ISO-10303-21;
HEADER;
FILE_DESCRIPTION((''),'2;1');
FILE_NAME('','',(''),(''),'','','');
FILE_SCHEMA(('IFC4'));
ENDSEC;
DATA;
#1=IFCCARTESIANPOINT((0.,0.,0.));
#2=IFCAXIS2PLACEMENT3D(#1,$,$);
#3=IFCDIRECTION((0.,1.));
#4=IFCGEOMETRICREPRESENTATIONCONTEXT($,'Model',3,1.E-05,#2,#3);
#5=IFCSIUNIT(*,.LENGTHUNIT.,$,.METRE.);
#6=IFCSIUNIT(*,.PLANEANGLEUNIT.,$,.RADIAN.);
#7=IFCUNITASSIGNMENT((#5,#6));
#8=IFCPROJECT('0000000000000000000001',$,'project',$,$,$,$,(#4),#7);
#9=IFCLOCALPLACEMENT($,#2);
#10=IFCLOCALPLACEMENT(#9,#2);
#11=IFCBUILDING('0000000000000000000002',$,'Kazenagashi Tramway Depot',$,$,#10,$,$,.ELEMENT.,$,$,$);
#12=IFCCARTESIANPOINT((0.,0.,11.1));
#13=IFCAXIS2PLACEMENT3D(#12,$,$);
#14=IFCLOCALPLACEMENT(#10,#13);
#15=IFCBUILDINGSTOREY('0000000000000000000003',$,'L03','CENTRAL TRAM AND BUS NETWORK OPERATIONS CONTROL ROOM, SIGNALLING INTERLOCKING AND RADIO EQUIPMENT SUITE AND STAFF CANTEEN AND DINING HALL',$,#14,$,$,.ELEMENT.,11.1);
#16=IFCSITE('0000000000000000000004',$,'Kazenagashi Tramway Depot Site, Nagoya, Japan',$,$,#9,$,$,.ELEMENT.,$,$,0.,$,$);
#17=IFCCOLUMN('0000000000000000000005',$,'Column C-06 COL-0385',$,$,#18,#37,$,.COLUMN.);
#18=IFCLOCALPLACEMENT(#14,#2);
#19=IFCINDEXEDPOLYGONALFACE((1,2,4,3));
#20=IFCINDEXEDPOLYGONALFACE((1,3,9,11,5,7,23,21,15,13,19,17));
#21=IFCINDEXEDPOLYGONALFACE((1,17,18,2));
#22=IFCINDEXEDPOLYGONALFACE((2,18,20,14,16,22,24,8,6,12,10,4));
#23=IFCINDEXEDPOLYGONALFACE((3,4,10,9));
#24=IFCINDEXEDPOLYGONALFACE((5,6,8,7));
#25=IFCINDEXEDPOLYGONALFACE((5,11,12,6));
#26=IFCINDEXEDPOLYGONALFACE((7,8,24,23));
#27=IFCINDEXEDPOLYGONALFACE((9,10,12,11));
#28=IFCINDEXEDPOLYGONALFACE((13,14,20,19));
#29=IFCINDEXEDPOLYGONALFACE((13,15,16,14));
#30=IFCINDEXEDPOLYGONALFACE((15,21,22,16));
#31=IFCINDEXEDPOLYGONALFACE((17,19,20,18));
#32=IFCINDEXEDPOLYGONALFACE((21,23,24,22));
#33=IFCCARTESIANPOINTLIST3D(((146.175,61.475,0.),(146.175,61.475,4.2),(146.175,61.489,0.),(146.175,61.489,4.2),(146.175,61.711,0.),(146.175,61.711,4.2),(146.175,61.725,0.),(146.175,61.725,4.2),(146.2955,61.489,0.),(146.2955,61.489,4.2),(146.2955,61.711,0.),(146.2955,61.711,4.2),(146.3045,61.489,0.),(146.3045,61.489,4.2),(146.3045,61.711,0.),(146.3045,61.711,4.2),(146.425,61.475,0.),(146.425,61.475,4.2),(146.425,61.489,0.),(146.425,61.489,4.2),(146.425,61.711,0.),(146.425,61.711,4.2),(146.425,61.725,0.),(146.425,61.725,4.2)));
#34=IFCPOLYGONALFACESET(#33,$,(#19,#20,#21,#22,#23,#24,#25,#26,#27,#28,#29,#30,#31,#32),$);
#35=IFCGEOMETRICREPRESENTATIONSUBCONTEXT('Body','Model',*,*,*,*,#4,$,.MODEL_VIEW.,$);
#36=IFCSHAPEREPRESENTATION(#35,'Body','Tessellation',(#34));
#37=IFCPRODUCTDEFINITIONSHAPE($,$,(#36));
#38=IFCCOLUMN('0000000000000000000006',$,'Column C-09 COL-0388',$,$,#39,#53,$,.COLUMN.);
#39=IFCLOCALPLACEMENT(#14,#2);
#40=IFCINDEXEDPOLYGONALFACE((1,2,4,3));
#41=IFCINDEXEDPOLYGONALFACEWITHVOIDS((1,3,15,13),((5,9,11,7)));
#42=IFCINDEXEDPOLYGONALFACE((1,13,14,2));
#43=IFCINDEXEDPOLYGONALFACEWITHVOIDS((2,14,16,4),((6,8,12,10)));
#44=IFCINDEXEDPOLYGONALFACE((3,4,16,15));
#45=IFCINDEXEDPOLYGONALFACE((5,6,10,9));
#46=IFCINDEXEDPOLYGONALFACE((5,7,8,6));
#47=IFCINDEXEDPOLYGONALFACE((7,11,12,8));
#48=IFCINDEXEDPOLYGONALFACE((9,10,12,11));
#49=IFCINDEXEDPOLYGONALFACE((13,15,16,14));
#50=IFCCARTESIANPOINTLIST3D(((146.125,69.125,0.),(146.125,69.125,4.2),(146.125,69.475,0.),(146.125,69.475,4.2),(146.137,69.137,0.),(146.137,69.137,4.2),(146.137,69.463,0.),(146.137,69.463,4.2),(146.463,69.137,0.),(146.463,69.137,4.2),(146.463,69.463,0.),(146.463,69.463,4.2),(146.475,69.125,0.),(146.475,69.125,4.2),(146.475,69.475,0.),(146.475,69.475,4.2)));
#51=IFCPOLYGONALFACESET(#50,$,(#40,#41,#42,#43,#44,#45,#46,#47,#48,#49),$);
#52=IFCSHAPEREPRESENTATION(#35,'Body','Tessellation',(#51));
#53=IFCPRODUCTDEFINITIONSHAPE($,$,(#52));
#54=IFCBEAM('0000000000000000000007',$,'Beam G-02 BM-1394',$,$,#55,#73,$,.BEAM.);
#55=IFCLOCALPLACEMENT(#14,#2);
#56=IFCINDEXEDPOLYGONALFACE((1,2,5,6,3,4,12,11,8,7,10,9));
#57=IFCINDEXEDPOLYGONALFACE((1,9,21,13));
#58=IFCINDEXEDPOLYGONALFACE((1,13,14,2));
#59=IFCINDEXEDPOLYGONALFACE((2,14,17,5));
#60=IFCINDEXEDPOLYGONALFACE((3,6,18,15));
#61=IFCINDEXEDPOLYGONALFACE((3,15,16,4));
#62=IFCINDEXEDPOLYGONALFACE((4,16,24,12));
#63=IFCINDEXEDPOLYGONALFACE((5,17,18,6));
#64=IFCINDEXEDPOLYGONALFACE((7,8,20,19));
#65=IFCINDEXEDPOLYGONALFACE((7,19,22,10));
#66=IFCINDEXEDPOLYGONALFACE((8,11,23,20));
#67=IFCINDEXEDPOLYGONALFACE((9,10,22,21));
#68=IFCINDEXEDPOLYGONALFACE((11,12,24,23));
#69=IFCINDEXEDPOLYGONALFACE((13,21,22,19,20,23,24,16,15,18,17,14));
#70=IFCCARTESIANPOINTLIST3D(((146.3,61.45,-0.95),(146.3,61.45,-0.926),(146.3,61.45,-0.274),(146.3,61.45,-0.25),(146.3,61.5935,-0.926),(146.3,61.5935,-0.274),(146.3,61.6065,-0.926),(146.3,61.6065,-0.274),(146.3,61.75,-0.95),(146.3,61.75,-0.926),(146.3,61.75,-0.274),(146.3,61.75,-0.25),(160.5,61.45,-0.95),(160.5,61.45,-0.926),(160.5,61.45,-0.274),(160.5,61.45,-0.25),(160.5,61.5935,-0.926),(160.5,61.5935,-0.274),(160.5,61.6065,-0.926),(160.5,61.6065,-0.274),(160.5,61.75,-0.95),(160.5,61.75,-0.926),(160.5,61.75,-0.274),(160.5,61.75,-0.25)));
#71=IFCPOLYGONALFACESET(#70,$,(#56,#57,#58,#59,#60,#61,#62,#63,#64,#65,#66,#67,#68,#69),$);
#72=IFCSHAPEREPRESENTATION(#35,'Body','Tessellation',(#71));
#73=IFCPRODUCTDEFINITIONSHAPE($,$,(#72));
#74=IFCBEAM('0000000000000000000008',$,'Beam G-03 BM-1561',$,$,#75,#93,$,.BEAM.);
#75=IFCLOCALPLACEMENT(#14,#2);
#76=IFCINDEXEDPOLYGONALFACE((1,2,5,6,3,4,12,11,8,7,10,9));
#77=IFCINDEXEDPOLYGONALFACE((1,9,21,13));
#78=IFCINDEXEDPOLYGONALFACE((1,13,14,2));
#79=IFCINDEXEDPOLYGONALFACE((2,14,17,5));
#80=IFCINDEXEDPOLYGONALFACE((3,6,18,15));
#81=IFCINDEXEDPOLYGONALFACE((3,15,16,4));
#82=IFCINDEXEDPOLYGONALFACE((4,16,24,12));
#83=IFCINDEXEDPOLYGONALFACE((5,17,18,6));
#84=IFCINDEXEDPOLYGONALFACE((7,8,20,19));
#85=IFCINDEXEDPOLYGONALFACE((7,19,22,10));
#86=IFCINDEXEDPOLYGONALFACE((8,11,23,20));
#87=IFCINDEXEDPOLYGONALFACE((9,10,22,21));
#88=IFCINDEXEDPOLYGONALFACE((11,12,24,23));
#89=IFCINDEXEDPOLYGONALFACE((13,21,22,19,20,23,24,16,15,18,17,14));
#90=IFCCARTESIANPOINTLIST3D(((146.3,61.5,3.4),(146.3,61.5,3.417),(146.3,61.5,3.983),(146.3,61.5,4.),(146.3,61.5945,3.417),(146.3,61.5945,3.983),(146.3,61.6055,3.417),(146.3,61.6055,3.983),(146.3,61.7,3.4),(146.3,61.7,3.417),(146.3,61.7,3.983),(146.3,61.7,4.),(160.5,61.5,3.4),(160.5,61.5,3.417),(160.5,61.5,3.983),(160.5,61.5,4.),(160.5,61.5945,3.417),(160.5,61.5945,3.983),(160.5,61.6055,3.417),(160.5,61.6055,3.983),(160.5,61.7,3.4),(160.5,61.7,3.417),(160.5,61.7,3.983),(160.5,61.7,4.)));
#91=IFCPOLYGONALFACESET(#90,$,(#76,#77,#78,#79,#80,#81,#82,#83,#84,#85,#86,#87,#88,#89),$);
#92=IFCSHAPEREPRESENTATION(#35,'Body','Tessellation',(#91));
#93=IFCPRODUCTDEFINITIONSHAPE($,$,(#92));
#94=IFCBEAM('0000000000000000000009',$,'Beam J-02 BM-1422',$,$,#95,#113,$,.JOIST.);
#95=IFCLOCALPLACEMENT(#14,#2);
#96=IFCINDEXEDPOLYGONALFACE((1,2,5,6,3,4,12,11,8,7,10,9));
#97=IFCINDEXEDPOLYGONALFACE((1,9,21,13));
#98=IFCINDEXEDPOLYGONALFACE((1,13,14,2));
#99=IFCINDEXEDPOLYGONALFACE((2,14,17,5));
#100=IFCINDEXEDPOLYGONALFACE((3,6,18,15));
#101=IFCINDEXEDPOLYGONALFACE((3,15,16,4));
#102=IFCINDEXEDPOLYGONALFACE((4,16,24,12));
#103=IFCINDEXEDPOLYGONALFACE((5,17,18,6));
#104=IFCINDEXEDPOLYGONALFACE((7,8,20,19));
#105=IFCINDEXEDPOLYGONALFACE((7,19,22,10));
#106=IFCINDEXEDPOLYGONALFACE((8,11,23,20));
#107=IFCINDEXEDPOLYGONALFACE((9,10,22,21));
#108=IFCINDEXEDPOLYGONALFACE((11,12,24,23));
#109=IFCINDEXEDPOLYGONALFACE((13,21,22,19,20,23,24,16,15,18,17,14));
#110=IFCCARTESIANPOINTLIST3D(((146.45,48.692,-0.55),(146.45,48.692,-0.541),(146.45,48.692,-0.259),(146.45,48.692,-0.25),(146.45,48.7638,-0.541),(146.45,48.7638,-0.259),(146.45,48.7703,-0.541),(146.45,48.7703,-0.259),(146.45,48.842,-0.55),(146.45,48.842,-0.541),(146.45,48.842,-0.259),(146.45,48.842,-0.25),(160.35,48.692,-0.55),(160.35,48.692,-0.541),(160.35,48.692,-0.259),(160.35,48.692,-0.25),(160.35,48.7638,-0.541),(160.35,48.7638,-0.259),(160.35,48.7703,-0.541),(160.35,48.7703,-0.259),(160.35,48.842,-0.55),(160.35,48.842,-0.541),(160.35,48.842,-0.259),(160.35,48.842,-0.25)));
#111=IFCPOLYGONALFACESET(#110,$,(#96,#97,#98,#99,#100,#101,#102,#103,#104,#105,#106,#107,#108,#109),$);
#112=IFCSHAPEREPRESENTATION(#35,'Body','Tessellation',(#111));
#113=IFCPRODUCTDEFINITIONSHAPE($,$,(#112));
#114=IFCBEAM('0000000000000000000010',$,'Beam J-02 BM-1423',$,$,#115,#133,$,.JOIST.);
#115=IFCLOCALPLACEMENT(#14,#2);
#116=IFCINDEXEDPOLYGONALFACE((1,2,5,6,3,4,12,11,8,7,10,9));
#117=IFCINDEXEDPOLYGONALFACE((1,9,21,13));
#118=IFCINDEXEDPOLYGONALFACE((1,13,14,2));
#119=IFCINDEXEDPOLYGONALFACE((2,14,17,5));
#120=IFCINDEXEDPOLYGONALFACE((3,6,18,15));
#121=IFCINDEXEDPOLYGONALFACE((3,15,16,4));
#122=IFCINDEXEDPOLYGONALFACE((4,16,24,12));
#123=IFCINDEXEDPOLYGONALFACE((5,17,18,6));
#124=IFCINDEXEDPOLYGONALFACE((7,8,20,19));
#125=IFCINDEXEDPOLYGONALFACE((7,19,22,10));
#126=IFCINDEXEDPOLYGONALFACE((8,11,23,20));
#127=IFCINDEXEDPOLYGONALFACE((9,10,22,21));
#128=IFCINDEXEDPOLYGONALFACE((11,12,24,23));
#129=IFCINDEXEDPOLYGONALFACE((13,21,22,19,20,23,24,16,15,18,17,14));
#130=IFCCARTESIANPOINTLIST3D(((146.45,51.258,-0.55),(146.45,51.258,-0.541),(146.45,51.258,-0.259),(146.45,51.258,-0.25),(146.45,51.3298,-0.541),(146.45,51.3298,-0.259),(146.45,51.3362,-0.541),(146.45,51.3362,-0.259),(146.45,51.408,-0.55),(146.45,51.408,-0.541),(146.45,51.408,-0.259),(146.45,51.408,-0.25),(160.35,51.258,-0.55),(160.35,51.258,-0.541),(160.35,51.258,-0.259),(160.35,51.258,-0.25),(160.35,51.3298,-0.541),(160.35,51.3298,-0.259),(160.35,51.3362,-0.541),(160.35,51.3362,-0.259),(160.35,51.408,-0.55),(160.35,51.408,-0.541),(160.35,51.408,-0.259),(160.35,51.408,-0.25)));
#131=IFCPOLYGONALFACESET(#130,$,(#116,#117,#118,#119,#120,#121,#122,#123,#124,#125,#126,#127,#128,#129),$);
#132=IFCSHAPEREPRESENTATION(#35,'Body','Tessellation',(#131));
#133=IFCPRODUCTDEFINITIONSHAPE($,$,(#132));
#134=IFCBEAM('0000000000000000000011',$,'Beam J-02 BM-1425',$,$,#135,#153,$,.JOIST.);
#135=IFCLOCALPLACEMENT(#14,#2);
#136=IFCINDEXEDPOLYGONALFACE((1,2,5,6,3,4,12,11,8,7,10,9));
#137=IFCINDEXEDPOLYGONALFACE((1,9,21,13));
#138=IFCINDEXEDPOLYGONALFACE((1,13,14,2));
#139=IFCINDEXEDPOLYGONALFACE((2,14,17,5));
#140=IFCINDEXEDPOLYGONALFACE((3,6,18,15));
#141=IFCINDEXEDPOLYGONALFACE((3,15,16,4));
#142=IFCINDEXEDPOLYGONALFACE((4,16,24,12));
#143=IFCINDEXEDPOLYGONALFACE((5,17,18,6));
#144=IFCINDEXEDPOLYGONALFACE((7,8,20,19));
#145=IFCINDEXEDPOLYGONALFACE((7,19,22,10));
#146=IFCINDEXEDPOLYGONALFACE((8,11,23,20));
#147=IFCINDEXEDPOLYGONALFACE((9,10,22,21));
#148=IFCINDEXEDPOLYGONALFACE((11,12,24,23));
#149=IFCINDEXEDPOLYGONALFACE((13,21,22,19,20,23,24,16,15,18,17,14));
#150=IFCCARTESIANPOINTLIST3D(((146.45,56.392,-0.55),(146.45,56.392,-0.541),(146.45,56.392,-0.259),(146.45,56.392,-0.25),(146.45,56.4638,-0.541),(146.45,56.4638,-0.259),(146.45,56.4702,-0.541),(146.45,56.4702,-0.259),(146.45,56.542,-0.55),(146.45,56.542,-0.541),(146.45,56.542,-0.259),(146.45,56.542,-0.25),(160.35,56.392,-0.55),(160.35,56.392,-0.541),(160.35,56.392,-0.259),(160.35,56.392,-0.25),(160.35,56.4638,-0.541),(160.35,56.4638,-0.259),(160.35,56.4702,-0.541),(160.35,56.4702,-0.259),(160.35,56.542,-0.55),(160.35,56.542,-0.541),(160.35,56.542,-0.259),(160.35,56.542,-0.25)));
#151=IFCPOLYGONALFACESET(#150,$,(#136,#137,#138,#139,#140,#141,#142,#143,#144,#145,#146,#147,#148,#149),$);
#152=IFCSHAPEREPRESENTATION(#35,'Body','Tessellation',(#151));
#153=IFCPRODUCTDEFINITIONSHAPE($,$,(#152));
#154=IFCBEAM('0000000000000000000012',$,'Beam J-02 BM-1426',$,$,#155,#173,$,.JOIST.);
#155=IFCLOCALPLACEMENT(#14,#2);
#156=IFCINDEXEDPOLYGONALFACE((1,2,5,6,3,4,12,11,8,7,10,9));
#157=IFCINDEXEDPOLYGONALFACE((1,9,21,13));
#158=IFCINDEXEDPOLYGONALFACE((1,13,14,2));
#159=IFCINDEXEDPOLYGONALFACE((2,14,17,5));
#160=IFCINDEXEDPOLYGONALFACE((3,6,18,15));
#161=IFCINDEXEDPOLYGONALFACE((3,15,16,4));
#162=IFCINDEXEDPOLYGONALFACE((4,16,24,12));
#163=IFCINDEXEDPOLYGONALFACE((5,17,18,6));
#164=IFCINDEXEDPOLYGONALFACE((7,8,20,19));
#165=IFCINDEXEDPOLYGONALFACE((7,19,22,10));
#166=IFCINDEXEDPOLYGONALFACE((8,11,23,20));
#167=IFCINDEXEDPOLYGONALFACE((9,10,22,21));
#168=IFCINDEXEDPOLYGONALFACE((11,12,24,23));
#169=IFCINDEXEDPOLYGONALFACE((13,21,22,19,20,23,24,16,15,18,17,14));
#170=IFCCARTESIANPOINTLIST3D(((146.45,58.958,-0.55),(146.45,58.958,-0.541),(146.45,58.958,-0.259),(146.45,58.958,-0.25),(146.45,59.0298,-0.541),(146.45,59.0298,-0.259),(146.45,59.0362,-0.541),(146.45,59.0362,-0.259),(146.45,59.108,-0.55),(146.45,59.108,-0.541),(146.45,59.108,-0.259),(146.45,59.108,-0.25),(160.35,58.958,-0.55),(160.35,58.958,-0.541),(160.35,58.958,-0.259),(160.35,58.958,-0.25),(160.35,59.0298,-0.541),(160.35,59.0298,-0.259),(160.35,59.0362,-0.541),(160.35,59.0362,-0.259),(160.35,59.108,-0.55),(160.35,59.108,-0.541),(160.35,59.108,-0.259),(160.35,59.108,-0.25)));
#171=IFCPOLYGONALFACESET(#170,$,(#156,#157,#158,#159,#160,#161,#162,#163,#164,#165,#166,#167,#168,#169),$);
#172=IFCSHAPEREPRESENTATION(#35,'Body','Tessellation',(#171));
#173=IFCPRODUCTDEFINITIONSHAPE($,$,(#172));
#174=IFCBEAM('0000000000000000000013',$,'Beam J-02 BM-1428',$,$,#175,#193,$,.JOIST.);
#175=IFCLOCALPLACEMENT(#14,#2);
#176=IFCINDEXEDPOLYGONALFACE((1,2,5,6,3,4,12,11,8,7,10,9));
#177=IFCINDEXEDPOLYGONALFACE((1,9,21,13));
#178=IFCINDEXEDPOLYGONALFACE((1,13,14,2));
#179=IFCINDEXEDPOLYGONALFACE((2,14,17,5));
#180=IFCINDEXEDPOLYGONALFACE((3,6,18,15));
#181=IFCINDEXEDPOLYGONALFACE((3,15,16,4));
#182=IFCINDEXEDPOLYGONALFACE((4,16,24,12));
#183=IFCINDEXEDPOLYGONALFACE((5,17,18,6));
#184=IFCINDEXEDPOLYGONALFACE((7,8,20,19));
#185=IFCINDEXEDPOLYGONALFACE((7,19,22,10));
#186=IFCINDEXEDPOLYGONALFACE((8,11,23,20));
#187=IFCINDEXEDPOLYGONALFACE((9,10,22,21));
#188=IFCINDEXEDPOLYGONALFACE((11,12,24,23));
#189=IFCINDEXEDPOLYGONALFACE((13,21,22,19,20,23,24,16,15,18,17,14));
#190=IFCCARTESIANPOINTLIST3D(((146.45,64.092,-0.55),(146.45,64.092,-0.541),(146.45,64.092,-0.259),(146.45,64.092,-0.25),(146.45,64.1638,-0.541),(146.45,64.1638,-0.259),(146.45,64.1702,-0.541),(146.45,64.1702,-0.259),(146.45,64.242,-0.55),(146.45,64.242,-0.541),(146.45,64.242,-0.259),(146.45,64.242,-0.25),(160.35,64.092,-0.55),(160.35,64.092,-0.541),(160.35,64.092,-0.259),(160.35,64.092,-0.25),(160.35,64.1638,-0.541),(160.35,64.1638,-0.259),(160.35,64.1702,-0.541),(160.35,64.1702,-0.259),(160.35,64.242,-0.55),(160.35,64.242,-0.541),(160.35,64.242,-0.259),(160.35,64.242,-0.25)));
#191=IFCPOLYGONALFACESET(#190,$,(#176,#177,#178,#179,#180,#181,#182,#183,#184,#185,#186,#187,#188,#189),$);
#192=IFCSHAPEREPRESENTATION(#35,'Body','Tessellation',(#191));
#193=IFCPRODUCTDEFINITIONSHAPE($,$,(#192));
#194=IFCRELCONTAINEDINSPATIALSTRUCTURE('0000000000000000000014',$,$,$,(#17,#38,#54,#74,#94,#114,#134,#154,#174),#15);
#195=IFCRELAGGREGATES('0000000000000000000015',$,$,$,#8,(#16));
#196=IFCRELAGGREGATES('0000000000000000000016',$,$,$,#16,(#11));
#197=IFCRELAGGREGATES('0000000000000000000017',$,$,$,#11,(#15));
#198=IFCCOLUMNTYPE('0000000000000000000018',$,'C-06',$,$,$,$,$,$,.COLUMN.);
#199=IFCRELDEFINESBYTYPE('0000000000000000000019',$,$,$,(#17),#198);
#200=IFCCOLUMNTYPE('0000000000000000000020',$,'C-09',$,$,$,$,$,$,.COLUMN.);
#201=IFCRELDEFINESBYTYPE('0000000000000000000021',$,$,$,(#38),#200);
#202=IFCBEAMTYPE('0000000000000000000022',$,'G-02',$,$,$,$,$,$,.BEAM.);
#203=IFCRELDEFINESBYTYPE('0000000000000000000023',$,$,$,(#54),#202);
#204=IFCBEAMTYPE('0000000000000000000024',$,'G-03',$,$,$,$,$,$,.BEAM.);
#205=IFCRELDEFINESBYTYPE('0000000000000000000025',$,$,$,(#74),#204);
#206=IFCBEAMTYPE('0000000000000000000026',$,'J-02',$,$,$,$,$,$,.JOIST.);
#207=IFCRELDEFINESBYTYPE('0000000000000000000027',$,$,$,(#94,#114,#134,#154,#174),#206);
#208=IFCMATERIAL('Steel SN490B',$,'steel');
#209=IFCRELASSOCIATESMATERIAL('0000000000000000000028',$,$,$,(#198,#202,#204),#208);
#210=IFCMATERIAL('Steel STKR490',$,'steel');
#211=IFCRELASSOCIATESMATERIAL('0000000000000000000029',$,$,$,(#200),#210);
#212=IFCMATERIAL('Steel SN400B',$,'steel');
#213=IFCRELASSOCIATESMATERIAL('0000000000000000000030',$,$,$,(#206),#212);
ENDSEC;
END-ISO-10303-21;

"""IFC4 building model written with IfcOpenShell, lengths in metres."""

from ifc_helpers import new_model, si_unit, direction, frame, origin, origin_2d, place, context, subcontext, project, spatial, hollow_rectangle, i_section, extrude, material, material_profile, profile_set, type_object, element, save


model = new_model("IFC4")

# Units and contexts
model_context = context("Model", 3, precision=1e-05, world=origin(), true_north=direction((0.0, 1.0)))
body_context = subcontext(model_context, "Body", "Model", "MODEL_VIEW")
ifc_project = project(units=[si_unit("LENGTHUNIT", "METRE"), si_unit("PLANEANGLEUNIT", "RADIAN")], contexts=[model_context])

# Site, building, storey
site_placement = place(None, origin())
site = spatial("IfcSite", under=ifc_project, at=site_placement, Name="Kazenagashi Tramway Depot Site, Nagoya, Japan", CompositionType="ELEMENT", RefElevation=0.0)
building_placement = place(site_placement, origin())
building = spatial("IfcBuilding", under=site, at=building_placement, Name="Kazenagashi Tramway Depot", CompositionType="ELEMENT")
storey_placement = place(building_placement, frame((0.0, 0.0, 11.1)))
storey = spatial("IfcBuildingStorey", under=building, at=storey_placement, Name="L03", Description="CENTRAL TRAM AND BUS NETWORK OPERATIONS CONTROL ROOM, SIGNALLING INTERLOCKING AND RADIO EQUIPMENT SUITE AND STAFF CANTEEN AND DINING HALL", CompositionType="ELEMENT", Elevation=11.1)

# Columns
ifc_material_1 = material(Name="Steel SN490B", Category="steel")
ifc_material_profile_1 = material_profile(ifc_material_1, i_section(OverallWidth=0.25, OverallDepth=0.25, WebThickness=0.009, FlangeThickness=0.014, at=origin_2d()), Name="H-250x250x9x14")
ifc_profile_set_1 = profile_set([ifc_material_profile_1], Name="Steel SN490B")
column_type_1 = type_object("IfcColumnType", Name="C-06", PredefinedType="COLUMN", material=ifc_profile_set_1)
column_1_placement = place(storey_placement, frame((146.3, 61.6, 0.0), z_axis=(0.0, 0.0, 1.0), x_axis=(1.0, 0.0, 0.0)))
element("IfcColumn", 1, at=column_1_placement, inside=storey, type_object=column_type_1, Name="Column C-06 COL-0385", PredefinedType="COLUMN", context=body_context, shape_type="SweptSolid", body=[
    extrude(i_section(OverallWidth=0.25, OverallDepth=0.25, WebThickness=0.009, FlangeThickness=0.014, at=origin_2d()), origin(), (0.0, 0.0, 1.0), 4.2),
])
ifc_material_2 = material(Name="Steel STKR490", Category="steel")
ifc_material_profile_2 = material_profile(ifc_material_2, hollow_rectangle(XDim=0.35, YDim=0.35, WallThickness=0.012, at=origin_2d()), Name="SHS-350x350x12")
ifc_profile_set_2 = profile_set([ifc_material_profile_2], Name="Steel STKR490")
column_type_2 = type_object("IfcColumnType", Name="C-09", PredefinedType="COLUMN", material=ifc_profile_set_2)
column_2_placement = place(storey_placement, frame((146.3, 69.3, 0.0), z_axis=(0.0, 0.0, 1.0), x_axis=(1.0, 0.0, 0.0)))
element("IfcColumn", 2, at=column_2_placement, inside=storey, type_object=column_type_2, Name="Column C-09 COL-0388", PredefinedType="COLUMN", context=body_context, shape_type="SweptSolid", body=[
    extrude(hollow_rectangle(XDim=0.35, YDim=0.35, WallThickness=0.012, at=origin_2d()), origin(), (0.0, 0.0, 1.0), 4.2),
])

# Beams
ifc_material_profile_3 = material_profile(ifc_material_1, i_section(OverallWidth=0.3, OverallDepth=0.7, WebThickness=0.013, FlangeThickness=0.024, at=origin_2d()), Name="H-700x300x13x24")
ifc_profile_set_3 = profile_set([ifc_material_profile_3], Name="Steel SN490B")
beam_type_1 = type_object("IfcBeamType", Name="G-02", PredefinedType="BEAM", material=ifc_profile_set_3)
beam_1_placement = place(storey_placement, frame((146.3, 61.6, -0.6), z_axis=(1.0, 0.0, 0.0), x_axis=(0.0, 1.0, 0.0)))
element("IfcBeam", 3, at=beam_1_placement, inside=storey, type_object=beam_type_1, Name="Beam G-02 BM-1394", PredefinedType="BEAM", context=body_context, shape_type="SweptSolid", body=[
    extrude(i_section(OverallWidth=0.3, OverallDepth=0.7, WebThickness=0.013, FlangeThickness=0.024, at=origin_2d()), origin(), (0.0, 0.0, 1.0), 14.2),
])
ifc_material_profile_4 = material_profile(ifc_material_1, i_section(OverallWidth=0.2, OverallDepth=0.6, WebThickness=0.011, FlangeThickness=0.017, at=origin_2d()), Name="H-600x200x11x17")
ifc_profile_set_4 = profile_set([ifc_material_profile_4], Name="Steel SN490B")
beam_type_2 = type_object("IfcBeamType", Name="G-03", PredefinedType="BEAM", material=ifc_profile_set_4)
beam_2_placement = place(storey_placement, frame((146.3, 61.6, 3.7), z_axis=(1.0, 0.0, 0.0), x_axis=(0.0, 1.0, 0.0)))
element("IfcBeam", 4, at=beam_2_placement, inside=storey, type_object=beam_type_2, Name="Beam G-03 BM-1561", PredefinedType="BEAM", context=body_context, shape_type="SweptSolid", body=[
    extrude(i_section(OverallWidth=0.2, OverallDepth=0.6, WebThickness=0.011, FlangeThickness=0.017, at=origin_2d()), origin(), (0.0, 0.0, 1.0), 14.2),
])
ifc_material_3 = material(Name="Steel SN400B", Category="steel")
ifc_material_profile_5 = material_profile(ifc_material_3, i_section(OverallWidth=0.15, OverallDepth=0.3, WebThickness=0.0065, FlangeThickness=0.009, at=origin_2d()), Name="H-300x150x6.5x9")
ifc_profile_set_5 = profile_set([ifc_material_profile_5], Name="Steel SN400B")
beam_type_3 = type_object("IfcBeamType", Name="J-02", PredefinedType="JOIST", material=ifc_profile_set_5)
for number, where, z_axis, x_axis, name in (
    (5, (146.45, 48.767, -0.4), (1.0, 0.0, 0.0), (0.0, 1.0, 0.0), "Beam J-02 BM-1422"),
    (6, (146.45, 51.333, -0.4), (1.0, 0.0, 0.0), (0.0, 1.0, 0.0), "Beam J-02 BM-1423"),
    (7, (146.45, 56.467, -0.4), (1.0, 0.0, 0.0), (0.0, 1.0, 0.0), "Beam J-02 BM-1425"),
    (8, (146.45, 59.033, -0.4), (1.0, 0.0, 0.0), (0.0, 1.0, 0.0), "Beam J-02 BM-1426"),
    (9, (146.45, 64.167, -0.4), (1.0, 0.0, 0.0), (0.0, 1.0, 0.0), "Beam J-02 BM-1428"),
):
    element("IfcBeam", number, at=place(storey_placement, frame(where, z_axis=z_axis, x_axis=x_axis)), inside=storey, type_object=beam_type_3, Name=name, PredefinedType="JOIST", context=body_context, shape_type="SweptSolid", body=[
        extrude(i_section(OverallWidth=0.15, OverallDepth=0.3, WebThickness=0.0065, FlangeThickness=0.009, at=origin_2d()), origin(), (0.0, 0.0, 1.0), 13.9),
    ])

save(model, "model.ifc")
